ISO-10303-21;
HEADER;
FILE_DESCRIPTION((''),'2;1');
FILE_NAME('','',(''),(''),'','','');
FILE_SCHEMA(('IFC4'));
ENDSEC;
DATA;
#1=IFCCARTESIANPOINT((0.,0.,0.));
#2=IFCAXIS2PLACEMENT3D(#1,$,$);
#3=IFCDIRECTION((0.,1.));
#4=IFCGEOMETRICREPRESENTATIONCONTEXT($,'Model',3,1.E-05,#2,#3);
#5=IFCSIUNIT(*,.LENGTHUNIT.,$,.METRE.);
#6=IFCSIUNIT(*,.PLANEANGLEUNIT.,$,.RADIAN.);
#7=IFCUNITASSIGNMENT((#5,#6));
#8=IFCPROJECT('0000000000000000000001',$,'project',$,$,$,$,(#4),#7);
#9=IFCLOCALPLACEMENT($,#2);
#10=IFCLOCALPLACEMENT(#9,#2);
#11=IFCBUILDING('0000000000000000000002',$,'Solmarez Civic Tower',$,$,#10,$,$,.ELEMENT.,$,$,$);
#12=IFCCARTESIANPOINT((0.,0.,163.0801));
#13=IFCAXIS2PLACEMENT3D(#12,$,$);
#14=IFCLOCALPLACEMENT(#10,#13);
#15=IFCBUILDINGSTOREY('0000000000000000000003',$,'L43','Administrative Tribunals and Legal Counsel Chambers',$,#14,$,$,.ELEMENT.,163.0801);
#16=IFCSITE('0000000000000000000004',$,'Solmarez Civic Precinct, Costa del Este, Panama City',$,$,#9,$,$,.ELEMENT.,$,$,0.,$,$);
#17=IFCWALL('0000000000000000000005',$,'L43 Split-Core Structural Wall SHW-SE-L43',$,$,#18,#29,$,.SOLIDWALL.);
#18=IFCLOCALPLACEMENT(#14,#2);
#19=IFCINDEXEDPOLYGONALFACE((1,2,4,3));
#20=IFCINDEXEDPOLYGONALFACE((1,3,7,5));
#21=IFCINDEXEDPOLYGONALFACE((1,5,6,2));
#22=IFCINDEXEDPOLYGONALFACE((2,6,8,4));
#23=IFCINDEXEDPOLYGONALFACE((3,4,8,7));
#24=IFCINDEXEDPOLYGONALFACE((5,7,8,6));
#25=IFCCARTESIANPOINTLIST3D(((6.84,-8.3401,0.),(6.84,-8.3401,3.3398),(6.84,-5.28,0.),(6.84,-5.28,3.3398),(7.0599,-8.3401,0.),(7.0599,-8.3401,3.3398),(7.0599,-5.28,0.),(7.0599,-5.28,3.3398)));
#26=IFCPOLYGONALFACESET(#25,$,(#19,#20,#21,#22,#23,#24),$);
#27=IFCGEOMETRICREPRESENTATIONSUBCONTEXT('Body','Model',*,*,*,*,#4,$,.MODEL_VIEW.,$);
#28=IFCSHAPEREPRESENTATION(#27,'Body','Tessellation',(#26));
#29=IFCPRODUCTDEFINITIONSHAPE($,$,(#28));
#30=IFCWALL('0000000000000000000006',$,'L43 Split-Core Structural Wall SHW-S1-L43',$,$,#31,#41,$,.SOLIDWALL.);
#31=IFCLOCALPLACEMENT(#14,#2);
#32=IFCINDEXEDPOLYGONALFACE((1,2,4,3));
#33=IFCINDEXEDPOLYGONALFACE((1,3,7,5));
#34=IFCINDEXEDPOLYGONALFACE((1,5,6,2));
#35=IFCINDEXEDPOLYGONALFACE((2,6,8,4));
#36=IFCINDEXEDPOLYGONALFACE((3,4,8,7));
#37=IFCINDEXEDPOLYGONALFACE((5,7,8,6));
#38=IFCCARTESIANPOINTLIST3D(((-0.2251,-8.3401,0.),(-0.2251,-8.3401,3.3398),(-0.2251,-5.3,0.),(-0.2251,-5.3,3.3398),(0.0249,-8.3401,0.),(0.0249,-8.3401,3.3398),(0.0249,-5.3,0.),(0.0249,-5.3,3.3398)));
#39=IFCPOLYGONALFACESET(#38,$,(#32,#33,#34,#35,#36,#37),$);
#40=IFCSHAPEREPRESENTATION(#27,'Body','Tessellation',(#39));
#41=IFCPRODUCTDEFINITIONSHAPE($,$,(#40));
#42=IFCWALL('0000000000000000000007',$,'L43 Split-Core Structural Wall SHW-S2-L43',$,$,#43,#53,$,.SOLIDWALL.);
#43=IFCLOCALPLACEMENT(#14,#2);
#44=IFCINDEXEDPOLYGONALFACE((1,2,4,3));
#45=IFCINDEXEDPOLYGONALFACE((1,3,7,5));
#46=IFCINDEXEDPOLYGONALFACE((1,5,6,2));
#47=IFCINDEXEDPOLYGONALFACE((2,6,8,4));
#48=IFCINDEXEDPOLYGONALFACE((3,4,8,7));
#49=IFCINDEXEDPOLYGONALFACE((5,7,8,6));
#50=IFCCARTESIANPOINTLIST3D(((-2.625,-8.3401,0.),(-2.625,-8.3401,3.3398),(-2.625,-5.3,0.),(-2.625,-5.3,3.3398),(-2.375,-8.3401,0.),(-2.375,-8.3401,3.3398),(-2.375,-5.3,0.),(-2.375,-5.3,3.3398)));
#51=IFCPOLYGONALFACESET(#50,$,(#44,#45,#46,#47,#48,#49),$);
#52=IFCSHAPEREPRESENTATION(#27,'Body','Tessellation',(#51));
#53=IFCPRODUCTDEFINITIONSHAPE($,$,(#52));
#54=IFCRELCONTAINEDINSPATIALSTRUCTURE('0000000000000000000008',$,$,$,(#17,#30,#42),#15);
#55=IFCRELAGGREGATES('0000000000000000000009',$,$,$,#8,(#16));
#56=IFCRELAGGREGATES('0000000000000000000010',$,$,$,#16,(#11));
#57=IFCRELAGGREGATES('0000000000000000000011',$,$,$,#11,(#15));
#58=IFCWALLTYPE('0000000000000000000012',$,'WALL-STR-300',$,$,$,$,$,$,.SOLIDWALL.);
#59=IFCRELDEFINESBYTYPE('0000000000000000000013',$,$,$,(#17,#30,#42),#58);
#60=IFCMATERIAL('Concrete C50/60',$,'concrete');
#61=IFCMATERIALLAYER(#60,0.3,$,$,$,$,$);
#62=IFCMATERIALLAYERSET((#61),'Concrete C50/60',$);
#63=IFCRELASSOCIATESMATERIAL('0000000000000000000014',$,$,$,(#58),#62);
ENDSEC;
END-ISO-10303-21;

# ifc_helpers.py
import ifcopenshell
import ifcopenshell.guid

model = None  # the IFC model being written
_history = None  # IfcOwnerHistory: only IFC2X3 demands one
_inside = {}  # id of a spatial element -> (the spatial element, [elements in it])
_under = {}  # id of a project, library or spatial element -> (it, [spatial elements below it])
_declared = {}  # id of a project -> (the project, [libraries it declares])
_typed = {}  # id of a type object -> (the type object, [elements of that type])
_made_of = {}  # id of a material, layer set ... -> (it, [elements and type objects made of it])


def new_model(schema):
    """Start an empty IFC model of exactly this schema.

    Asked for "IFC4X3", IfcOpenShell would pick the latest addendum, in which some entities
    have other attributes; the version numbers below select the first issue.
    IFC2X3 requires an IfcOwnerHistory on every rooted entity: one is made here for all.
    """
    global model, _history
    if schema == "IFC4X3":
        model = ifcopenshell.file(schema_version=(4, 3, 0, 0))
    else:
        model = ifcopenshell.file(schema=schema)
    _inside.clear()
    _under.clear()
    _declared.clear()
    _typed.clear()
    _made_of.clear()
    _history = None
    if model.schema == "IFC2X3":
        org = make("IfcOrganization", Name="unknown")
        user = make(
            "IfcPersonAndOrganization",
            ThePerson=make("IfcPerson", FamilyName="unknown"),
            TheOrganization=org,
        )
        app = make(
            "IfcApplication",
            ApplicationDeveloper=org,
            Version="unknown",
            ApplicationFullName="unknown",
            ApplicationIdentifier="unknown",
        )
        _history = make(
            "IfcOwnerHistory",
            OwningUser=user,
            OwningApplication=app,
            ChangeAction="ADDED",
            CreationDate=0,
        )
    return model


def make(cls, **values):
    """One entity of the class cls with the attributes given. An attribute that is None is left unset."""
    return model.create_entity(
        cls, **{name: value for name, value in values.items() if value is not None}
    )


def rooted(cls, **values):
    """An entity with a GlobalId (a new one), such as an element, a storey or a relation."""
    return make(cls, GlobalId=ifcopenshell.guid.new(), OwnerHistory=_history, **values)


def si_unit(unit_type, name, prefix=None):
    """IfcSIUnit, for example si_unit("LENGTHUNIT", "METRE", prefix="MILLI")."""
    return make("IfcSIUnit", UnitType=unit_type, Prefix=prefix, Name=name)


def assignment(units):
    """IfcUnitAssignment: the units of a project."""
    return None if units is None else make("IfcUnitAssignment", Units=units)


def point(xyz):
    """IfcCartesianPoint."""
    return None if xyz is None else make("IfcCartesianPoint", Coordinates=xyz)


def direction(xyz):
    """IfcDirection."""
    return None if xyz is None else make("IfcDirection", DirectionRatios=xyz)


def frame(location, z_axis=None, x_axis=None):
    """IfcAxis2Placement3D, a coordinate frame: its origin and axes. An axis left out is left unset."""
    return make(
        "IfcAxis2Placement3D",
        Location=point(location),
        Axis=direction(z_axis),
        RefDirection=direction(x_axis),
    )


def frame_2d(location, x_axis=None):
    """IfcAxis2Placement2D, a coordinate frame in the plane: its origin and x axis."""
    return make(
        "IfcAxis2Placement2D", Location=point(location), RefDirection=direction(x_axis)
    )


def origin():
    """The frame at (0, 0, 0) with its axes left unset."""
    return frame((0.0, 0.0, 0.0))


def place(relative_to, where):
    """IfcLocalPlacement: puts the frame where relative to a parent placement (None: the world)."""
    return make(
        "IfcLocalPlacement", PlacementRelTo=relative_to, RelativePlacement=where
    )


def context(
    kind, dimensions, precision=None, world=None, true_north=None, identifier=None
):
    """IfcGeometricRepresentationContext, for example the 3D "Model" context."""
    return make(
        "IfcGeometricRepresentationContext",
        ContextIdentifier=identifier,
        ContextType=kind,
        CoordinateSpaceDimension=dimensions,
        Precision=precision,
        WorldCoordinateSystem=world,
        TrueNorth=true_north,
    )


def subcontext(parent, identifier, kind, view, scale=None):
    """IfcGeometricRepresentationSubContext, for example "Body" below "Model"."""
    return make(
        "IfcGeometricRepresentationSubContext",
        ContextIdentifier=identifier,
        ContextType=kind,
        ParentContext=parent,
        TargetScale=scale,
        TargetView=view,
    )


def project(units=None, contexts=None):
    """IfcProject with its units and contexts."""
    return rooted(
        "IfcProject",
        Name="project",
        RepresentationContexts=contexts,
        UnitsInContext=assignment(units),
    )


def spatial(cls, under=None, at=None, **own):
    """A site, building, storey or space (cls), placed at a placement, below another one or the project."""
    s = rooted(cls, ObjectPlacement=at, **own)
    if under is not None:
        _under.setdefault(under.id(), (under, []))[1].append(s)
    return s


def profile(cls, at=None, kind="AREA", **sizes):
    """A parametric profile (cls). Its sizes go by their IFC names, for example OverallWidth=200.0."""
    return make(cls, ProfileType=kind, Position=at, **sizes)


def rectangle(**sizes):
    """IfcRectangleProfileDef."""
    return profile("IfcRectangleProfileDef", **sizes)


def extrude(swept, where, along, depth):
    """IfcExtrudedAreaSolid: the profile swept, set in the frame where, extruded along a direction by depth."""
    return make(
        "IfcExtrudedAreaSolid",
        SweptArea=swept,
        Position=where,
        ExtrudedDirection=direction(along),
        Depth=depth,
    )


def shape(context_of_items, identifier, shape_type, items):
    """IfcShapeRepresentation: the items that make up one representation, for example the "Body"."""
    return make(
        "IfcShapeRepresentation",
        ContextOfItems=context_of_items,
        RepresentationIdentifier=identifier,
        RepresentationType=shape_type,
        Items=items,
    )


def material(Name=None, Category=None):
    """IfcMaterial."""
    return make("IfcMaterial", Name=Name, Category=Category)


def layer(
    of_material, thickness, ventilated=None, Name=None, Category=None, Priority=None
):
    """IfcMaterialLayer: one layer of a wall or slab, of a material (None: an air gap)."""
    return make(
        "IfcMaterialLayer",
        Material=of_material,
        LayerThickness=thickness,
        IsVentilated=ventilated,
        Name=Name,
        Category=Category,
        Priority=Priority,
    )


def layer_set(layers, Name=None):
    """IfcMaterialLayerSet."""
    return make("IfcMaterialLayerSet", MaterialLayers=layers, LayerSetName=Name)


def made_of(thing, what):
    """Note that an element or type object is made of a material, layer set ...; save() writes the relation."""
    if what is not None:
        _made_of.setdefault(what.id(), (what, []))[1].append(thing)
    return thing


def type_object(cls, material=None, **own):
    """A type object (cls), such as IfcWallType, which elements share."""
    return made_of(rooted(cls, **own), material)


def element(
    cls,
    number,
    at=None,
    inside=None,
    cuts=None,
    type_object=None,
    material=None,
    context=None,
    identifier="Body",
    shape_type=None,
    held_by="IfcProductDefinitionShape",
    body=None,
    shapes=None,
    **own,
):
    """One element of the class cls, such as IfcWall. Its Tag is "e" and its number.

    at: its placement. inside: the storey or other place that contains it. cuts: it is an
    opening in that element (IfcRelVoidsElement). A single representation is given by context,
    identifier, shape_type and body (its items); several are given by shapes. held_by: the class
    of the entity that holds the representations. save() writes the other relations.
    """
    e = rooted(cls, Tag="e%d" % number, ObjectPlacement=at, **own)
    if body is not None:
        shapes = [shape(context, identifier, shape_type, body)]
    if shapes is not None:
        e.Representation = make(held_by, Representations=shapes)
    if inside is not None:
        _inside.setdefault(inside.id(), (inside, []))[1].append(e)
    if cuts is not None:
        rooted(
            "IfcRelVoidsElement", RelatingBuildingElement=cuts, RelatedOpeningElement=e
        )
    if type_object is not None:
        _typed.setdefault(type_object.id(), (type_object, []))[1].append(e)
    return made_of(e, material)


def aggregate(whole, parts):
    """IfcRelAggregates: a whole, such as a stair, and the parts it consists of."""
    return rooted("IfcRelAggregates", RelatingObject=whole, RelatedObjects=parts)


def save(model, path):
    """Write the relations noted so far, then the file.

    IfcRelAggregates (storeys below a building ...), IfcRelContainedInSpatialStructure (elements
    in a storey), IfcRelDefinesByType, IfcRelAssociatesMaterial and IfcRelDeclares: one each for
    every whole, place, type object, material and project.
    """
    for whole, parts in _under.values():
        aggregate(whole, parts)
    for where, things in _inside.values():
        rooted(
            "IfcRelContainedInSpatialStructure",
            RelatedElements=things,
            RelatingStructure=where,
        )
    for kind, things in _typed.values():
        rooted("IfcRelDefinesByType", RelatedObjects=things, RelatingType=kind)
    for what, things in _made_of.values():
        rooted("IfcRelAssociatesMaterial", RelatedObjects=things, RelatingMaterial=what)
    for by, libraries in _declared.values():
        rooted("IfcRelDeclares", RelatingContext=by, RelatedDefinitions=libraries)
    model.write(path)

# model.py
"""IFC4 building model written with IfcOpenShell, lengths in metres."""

from ifc_helpers import new_model, si_unit, direction, frame, frame_2d, origin, place, context, subcontext, project, spatial, rectangle, extrude, material, layer, layer_set, type_object, element, save


model = new_model("IFC4")

# Units and contexts
model_context = context("Model", 3, precision=1e-05, world=origin(), true_north=direction((0.0, 1.0)))
body_context = subcontext(model_context, "Body", "Model", "MODEL_VIEW")
ifc_project = project(units=[si_unit("LENGTHUNIT", "METRE"), si_unit("PLANEANGLEUNIT", "RADIAN")], contexts=[model_context])

# Site, building, storey
site_placement = place(None, origin())
site = spatial("IfcSite", under=ifc_project, at=site_placement, Name="Solmarez Civic Precinct, Costa del Este, Panama City", CompositionType="ELEMENT", RefElevation=0.0)
building_placement = place(site_placement, origin())
building = spatial("IfcBuilding", under=site, at=building_placement, Name="Solmarez Civic Tower", CompositionType="ELEMENT")
storey_placement = place(building_placement, frame((0.0, 0.0, 163.0801)))
storey = spatial("IfcBuildingStorey", under=building, at=storey_placement, Name="L43", Description="Administrative Tribunals and Legal Counsel Chambers", CompositionType="ELEMENT", Elevation=163.0801)

# Shared definitions
ifc_material_1 = material(Name="Concrete C50/60", Category="concrete")

# Walls
ifc_layer_1 = layer(ifc_material_1, 0.3)
ifc_layer_set_1 = layer_set([ifc_layer_1], Name="Concrete C50/60")
wall_type_1 = type_object("IfcWallType", Name="WALL-STR-300", PredefinedType="SOLIDWALL", material=ifc_layer_set_1)
wall_1_placement = place(storey_placement, frame((6.95, -8.3401, 0.0), z_axis=(0.0, 0.0, 1.0), x_axis=(0.0, 1.0, 0.0)))
element("IfcWall", 1, at=wall_1_placement, inside=storey, type_object=wall_type_1, Name="L43 Split-Core Structural Wall SHW-SE-L43", PredefinedType="SOLIDWALL", context=body_context, shape_type="SweptSolid", body=[
    extrude(rectangle(XDim=3.0601, YDim=0.22, at=frame_2d((1.53, 0.0))), origin(), (0.0, 0.0, 1.0), 3.3398),
])
for number, where, z_axis, x_axis, name in (
    (2, (-0.1001, -8.3401, 0.0), (0.0, 0.0, 1.0), (0.0, 1.0, 0.0), "L43 Split-Core Structural Wall SHW-S1-L43"),
    (3, (-2.5, -8.3401, 0.0), (0.0, 0.0, 1.0), (0.0, 1.0, 0.0), "L43 Split-Core Structural Wall SHW-S2-L43"),
):
    element("IfcWall", number, at=place(storey_placement, frame(where, z_axis=z_axis, x_axis=x_axis)), inside=storey, type_object=wall_type_1, Name=name, PredefinedType="SOLIDWALL", context=body_context, shape_type="SweptSolid", body=[
        extrude(rectangle(XDim=3.04, YDim=0.25, at=frame_2d((1.52, 0.0))), origin(), (0.0, 0.0, 1.0), 3.3398),
    ])

save(model, "model.ifc")
